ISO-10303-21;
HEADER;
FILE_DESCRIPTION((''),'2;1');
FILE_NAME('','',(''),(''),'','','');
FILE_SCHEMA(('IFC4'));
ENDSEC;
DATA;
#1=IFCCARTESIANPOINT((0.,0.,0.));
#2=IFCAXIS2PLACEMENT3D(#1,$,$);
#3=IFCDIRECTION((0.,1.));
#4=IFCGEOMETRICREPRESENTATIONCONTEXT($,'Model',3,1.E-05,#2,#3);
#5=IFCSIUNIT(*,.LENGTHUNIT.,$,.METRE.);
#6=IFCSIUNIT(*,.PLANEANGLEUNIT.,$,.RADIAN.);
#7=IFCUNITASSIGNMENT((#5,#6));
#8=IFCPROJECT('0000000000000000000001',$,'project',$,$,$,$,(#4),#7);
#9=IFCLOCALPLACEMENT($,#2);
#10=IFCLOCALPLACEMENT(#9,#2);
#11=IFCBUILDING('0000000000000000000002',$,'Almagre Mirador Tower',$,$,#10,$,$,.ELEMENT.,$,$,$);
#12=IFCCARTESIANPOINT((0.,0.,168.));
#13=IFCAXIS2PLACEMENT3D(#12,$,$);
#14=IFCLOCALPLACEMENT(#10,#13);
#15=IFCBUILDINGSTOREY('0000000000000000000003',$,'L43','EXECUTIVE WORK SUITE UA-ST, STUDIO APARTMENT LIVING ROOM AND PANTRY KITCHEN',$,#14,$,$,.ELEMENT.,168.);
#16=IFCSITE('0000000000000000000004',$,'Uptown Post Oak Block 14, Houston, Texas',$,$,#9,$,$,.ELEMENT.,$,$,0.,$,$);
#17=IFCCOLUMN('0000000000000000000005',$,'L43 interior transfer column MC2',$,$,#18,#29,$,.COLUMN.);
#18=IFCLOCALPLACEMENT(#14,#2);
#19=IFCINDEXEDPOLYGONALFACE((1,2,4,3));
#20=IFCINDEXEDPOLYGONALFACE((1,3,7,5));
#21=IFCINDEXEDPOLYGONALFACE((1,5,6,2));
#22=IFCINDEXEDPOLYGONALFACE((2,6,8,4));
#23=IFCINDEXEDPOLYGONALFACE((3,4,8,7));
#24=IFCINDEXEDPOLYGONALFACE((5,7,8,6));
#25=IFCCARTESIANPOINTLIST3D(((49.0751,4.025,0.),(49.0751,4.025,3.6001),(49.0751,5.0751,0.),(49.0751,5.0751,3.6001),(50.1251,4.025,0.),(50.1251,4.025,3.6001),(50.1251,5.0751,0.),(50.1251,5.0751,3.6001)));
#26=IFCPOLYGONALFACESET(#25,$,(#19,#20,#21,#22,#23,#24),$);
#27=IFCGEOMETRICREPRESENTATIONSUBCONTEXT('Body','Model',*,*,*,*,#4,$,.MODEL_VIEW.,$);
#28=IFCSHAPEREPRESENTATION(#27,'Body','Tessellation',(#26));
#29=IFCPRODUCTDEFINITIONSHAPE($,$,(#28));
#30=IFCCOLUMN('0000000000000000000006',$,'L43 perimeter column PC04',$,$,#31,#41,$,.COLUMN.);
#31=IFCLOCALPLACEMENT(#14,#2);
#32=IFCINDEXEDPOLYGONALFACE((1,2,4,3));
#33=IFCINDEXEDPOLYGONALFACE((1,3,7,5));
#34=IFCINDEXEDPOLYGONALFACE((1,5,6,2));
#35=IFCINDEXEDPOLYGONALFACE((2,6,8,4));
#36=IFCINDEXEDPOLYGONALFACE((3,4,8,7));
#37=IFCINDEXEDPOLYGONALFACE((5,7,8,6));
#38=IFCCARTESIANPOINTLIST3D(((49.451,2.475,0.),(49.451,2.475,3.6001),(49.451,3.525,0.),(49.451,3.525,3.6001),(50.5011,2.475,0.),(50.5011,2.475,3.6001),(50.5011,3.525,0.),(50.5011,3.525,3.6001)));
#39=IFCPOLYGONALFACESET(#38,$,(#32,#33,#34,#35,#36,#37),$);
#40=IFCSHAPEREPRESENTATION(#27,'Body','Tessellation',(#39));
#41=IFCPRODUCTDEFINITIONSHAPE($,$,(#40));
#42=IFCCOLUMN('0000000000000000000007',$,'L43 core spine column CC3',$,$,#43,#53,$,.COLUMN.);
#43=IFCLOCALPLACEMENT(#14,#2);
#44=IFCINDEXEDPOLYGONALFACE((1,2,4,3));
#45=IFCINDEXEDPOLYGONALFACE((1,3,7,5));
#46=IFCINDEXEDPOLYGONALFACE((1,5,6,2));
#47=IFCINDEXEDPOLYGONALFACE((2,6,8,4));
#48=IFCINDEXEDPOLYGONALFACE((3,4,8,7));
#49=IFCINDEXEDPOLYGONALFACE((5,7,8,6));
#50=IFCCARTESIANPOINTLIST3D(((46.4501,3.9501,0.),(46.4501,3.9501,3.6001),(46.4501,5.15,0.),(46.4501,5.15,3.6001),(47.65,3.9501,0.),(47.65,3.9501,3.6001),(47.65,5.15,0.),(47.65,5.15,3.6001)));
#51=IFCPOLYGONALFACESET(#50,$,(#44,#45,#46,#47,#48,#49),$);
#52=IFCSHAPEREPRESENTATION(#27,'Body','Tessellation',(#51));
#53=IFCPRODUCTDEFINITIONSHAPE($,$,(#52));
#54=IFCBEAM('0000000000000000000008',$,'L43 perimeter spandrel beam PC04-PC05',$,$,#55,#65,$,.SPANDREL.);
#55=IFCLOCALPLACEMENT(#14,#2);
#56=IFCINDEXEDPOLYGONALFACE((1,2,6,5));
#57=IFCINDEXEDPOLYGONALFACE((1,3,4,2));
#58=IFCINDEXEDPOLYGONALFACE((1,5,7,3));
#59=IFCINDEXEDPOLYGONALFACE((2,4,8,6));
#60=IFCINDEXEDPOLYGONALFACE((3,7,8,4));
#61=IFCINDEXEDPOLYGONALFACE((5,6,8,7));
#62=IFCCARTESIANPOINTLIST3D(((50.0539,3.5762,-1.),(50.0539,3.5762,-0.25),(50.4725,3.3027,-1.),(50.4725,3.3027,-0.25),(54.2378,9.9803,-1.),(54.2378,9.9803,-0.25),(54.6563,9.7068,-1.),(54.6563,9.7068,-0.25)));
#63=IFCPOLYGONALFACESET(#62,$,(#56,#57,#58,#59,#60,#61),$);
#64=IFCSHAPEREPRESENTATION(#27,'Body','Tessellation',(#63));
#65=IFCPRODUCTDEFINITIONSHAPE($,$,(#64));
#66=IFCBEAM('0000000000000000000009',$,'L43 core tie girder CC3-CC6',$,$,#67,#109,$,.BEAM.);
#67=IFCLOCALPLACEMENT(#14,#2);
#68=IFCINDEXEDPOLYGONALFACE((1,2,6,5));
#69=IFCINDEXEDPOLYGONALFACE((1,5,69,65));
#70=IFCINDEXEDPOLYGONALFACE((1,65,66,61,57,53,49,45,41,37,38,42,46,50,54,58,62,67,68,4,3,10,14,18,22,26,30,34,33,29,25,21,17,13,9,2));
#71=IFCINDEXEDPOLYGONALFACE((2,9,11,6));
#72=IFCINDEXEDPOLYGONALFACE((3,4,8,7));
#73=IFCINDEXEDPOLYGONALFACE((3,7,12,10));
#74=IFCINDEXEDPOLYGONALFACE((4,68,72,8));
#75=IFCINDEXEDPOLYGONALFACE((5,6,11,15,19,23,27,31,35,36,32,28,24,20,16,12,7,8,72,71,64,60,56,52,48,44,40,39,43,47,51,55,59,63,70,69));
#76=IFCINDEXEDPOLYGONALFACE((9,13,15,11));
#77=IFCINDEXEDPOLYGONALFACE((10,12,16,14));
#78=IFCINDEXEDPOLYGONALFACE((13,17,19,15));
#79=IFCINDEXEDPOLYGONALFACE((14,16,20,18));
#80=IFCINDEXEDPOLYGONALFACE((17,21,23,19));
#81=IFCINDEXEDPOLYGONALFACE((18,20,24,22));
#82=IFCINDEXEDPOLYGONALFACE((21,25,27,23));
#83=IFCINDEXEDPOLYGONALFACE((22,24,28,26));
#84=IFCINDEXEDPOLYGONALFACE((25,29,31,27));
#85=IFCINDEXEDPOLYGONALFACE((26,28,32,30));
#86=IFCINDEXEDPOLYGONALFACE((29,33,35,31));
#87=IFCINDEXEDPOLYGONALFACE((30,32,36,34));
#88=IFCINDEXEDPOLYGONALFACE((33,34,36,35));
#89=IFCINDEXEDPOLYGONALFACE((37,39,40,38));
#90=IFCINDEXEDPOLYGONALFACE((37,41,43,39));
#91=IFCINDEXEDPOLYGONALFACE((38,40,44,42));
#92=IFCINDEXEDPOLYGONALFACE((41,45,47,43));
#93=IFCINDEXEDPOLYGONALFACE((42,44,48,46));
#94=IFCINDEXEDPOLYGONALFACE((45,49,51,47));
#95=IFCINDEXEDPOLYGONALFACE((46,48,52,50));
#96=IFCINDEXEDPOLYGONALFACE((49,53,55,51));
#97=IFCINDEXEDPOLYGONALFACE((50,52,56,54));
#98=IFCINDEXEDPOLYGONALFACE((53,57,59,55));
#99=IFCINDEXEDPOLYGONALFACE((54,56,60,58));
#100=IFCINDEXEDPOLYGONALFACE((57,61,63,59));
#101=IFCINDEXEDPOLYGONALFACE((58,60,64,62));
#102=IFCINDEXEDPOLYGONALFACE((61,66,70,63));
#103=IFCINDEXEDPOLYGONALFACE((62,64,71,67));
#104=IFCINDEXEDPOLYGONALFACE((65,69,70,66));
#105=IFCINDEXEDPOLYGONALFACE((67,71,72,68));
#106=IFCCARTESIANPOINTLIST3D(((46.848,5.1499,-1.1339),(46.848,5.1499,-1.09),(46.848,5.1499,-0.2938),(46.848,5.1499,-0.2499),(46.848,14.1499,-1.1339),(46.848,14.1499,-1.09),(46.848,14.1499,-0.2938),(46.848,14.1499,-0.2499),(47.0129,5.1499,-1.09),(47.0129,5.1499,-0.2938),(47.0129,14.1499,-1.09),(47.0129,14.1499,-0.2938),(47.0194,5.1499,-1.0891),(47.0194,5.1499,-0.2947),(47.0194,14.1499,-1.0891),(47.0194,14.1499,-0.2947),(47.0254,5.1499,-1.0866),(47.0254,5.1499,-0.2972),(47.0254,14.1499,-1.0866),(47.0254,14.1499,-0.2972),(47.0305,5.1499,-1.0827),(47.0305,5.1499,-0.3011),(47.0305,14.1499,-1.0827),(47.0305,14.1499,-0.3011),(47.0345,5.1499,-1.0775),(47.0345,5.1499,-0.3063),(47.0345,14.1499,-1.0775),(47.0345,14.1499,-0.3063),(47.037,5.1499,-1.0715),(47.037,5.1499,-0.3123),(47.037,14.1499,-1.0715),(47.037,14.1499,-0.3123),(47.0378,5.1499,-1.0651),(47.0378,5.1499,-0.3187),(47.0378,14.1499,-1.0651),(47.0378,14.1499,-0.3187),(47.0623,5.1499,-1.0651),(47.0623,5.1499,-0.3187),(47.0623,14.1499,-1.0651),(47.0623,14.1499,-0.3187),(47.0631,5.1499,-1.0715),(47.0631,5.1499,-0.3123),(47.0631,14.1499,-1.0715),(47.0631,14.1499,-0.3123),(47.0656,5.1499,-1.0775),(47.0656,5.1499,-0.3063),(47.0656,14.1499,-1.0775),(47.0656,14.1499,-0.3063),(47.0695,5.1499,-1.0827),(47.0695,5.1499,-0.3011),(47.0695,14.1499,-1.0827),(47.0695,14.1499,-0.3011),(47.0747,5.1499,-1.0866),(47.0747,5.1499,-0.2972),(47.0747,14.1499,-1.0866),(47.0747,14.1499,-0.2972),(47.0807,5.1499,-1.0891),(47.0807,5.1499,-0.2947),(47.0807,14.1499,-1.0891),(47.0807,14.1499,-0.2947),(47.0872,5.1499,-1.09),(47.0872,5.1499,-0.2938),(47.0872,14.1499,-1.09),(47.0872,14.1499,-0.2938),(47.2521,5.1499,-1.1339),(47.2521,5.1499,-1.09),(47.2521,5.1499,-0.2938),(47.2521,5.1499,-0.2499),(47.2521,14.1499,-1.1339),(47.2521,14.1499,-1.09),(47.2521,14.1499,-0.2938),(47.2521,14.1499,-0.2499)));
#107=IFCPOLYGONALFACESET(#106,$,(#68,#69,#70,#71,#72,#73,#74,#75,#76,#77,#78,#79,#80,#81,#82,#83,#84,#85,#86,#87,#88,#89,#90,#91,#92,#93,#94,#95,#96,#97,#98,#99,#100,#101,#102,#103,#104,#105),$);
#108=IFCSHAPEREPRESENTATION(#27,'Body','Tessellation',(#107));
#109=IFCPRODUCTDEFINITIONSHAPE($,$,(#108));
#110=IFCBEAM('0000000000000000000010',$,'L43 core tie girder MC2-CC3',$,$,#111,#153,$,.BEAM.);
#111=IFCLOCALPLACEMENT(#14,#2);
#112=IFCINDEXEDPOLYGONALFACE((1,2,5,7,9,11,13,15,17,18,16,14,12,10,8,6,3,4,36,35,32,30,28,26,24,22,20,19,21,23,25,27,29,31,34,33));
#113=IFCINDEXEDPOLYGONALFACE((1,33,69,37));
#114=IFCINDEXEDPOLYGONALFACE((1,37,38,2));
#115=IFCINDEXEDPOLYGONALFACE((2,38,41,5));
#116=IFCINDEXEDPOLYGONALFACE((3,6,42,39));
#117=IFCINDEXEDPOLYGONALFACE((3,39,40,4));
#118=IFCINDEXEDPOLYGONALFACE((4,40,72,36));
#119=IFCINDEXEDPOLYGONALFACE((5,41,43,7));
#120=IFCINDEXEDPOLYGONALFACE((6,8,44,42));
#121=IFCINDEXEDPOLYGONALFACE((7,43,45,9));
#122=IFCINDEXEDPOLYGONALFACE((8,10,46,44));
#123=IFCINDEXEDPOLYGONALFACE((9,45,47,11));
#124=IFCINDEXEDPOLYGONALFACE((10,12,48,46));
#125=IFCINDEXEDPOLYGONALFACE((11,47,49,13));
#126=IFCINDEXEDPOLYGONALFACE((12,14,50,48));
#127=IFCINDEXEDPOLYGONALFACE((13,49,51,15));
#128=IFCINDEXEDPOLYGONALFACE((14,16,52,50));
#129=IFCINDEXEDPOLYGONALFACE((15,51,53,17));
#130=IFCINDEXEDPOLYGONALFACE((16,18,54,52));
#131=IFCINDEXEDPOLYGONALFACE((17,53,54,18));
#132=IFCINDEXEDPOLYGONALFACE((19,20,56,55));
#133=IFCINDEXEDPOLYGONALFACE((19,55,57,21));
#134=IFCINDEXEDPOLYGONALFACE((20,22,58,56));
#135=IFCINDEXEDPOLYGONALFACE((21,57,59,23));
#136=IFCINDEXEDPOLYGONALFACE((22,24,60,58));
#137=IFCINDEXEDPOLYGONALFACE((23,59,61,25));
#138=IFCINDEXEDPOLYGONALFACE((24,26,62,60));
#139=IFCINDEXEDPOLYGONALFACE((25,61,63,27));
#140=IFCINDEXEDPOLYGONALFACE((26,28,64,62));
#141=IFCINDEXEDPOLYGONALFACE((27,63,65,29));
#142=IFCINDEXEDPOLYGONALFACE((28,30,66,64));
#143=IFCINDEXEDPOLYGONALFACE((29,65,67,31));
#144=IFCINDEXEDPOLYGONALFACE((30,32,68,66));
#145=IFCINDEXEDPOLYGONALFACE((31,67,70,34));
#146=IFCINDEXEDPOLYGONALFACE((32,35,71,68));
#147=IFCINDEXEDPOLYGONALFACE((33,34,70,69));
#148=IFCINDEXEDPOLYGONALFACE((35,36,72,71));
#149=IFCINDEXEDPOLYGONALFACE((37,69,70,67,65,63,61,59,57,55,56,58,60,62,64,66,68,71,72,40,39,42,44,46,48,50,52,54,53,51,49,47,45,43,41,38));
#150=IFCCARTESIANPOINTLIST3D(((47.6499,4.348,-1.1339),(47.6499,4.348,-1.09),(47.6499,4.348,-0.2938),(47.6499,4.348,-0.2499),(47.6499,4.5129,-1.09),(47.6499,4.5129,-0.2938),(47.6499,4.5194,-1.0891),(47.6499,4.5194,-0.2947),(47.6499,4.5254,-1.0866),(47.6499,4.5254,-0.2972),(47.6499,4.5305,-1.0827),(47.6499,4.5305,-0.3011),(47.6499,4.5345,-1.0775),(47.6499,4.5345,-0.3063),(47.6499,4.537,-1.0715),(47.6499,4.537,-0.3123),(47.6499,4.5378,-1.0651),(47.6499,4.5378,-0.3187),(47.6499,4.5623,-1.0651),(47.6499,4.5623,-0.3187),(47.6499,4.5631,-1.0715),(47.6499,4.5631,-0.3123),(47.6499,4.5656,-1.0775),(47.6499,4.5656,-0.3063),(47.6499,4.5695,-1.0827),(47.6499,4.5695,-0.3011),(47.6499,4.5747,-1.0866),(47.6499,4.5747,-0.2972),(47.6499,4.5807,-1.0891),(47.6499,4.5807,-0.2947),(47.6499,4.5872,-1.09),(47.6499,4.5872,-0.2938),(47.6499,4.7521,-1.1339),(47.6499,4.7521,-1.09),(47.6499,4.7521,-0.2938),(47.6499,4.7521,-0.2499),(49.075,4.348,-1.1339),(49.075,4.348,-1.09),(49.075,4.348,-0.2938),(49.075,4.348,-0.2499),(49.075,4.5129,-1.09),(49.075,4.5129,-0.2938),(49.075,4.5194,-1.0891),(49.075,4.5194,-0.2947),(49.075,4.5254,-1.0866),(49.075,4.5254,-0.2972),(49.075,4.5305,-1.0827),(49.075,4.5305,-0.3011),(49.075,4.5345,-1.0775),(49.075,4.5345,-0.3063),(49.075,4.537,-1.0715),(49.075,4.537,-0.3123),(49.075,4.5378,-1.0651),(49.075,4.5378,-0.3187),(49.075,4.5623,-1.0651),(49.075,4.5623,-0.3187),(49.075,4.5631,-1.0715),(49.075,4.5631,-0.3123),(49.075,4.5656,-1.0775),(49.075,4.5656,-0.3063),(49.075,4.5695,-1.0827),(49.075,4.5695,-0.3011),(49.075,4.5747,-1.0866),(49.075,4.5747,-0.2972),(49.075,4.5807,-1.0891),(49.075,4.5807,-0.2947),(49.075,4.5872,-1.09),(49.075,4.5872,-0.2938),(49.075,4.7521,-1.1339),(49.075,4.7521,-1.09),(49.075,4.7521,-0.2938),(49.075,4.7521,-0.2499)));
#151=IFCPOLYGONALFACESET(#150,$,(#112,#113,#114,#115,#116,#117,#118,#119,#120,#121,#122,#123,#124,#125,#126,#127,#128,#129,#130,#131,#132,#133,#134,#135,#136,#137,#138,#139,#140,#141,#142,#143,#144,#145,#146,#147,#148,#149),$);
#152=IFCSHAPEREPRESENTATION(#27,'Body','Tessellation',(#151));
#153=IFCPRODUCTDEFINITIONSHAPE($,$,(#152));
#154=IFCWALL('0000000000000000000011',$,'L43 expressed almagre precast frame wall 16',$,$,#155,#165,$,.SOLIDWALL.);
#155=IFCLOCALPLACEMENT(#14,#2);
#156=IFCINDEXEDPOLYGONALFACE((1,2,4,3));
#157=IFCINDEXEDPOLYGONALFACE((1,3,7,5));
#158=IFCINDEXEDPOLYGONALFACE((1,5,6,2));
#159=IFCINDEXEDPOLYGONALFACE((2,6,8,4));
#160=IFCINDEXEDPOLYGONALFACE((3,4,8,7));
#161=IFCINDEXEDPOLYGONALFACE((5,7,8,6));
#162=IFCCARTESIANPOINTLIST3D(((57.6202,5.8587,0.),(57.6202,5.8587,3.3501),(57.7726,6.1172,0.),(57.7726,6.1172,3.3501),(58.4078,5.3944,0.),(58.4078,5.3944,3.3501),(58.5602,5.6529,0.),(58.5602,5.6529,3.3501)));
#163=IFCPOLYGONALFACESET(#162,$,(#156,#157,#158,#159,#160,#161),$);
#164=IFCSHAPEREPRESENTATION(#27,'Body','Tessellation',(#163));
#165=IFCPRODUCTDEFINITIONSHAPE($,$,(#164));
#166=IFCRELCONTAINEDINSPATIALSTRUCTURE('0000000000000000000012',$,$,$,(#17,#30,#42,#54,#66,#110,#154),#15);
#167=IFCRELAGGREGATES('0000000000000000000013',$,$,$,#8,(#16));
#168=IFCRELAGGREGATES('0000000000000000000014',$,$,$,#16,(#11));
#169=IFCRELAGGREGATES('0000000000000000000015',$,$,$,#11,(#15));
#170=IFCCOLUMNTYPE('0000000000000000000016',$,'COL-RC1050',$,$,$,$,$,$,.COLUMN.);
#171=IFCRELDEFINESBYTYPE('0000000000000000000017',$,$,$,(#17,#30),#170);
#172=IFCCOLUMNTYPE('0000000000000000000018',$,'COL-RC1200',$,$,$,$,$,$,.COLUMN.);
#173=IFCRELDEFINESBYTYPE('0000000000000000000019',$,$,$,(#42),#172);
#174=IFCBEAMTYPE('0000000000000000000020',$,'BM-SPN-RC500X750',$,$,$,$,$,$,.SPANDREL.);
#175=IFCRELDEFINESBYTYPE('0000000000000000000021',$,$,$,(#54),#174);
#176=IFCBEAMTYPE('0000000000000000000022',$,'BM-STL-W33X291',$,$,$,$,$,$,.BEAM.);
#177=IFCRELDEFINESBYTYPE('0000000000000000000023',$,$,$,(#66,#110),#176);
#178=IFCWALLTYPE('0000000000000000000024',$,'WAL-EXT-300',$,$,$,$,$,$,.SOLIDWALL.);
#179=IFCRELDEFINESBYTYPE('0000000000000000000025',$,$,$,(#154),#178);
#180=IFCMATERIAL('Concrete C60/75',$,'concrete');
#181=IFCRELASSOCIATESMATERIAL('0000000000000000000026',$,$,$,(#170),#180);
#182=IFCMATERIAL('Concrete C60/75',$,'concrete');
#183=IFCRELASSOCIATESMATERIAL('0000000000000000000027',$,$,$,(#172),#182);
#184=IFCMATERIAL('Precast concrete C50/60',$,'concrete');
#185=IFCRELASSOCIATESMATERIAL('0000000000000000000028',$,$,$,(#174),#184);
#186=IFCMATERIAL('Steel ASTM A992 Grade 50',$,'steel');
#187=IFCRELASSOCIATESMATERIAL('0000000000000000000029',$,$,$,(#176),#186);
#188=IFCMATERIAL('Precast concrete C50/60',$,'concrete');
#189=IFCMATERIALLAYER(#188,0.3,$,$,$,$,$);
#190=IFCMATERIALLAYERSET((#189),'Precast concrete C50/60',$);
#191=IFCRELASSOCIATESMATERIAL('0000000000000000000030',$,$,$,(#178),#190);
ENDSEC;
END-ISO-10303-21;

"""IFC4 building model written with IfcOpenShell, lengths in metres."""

from ifc_helpers import new_model, si_unit, direction, frame, frame_2d, origin, origin_2d, place, context, subcontext, project, spatial, rectangle, i_section, extrude, material, layer, layer_set, material_profile, profile_set, type_object, element, save


model = new_model("IFC4")

# Units and contexts
model_context = context("Model", 3, precision=1e-05, world=origin(), true_north=direction((0.0, 1.0)))
body_context = subcontext(model_context, "Body", "Model", "MODEL_VIEW")
ifc_project = project(units=[si_unit("LENGTHUNIT", "METRE"), si_unit("PLANEANGLEUNIT", "RADIAN")], contexts=[model_context])

# Site, building, storey
site_placement = place(None, origin())
site = spatial("IfcSite", under=ifc_project, at=site_placement, Name="Uptown Post Oak Block 14, Houston, Texas", CompositionType="ELEMENT", RefElevation=0.0)
building_placement = place(site_placement, origin())
building = spatial("IfcBuilding", under=site, at=building_placement, Name="Almagre Mirador Tower", CompositionType="ELEMENT")
storey_placement = place(building_placement, frame((0.0, 0.0, 168.0)))
storey = spatial("IfcBuildingStorey", under=building, at=storey_placement, Name="L43", Description="EXECUTIVE WORK SUITE UA-ST, STUDIO APARTMENT LIVING ROOM AND PANTRY KITCHEN", CompositionType="ELEMENT", Elevation=168.0)

# Columns
ifc_material_1 = material(Name="Concrete C60/75", Category="concrete")
ifc_material_profile_1 = material_profile(ifc_material_1, rectangle(XDim=1.05, YDim=1.05, at=origin_2d()), Name="RC1050X1050")
ifc_profile_set_1 = profile_set([ifc_material_profile_1], Name="Concrete C60/75")
column_type_1 = type_object("IfcColumnType", Name="COL-RC1050", PredefinedType="COLUMN", material=ifc_profile_set_1)
for number, where, z_axis, x_axis, name in (
    (1, (49.6001, 4.55, 0.0), (0.0, 0.0, 1.0), (1.0, 0.0, 0.0), "L43 interior transfer column MC2"),
    (2, (49.9761, 3.0, 0.0), (0.0, 0.0, 1.0), (1.0, 0.0, 0.0), "L43 perimeter column PC04"),
):
    element("IfcColumn", number, at=place(storey_placement, frame(where, z_axis=z_axis, x_axis=x_axis)), inside=storey, type_object=column_type_1, Name=name, PredefinedType="COLUMN", context=body_context, shape_type="SweptSolid", body=[
        extrude(rectangle(XDim=1.05, YDim=1.05, at=origin_2d()), origin(), (0.0, 0.0, 1.0), 3.6001),
    ])
ifc_material_2 = material(Name="Concrete C60/75", Category="concrete")
ifc_material_profile_2 = material_profile(ifc_material_2, rectangle(XDim=1.2, YDim=1.2, at=origin_2d()), Name="RC1200X1200")
ifc_profile_set_2 = profile_set([ifc_material_profile_2], Name="Concrete C60/75")
column_type_2 = type_object("IfcColumnType", Name="COL-RC1200", PredefinedType="COLUMN", material=ifc_profile_set_2)
column_placement = place(storey_placement, frame((47.05, 4.55, 0.0), z_axis=(0.0, 0.0, 1.0), x_axis=(1.0, 0.0, 0.0)))
element("IfcColumn", 3, at=column_placement, inside=storey, type_object=column_type_2, Name="L43 core spine column CC3", PredefinedType="COLUMN", context=body_context, shape_type="SweptSolid", body=[
    extrude(rectangle(XDim=1.2, YDim=1.2, at=origin_2d()), origin(), (0.0, 0.0, 1.0), 3.6001),
])

# Beams
ifc_material_3 = material(Name="Precast concrete C50/60", Category="concrete")
ifc_material_profile_3 = material_profile(ifc_material_3, rectangle(XDim=0.5, YDim=0.75, at=origin_2d()), Name="RC500X750")
ifc_profile_set_3 = profile_set([ifc_material_profile_3], Name="Precast concrete C50/60")
beam_type_1 = type_object("IfcBeamType", Name="BM-SPN-RC500X750", PredefinedType="SPANDREL", material=ifc_profile_set_3)
beam_1_placement = place(storey_placement, frame((50.2632, 3.4395, -0.625), z_axis=(0.546935, 0.837175, 0.0), x_axis=(-0.837175, 0.546935, 0.0)))
element("IfcBeam", 4, at=beam_1_placement, inside=storey, type_object=beam_type_1, Name="L43 perimeter spandrel beam PC04-PC05", PredefinedType="SPANDREL", context=body_context, shape_type="SweptSolid", body=[
    extrude(rectangle(XDim=0.5, YDim=0.75, at=origin_2d()), origin(), (0.0, 0.0, 1.0), 7.6497),
])
ifc_material_4 = material(Name="Steel ASTM A992 Grade 50", Category="steel")
ifc_material_profile_4 = material_profile(ifc_material_4, i_section(OverallWidth=0.4041, OverallDepth=0.884, WebThickness=0.0244, FlangeThickness=0.0439, FilletRadius=0.0249, at=origin_2d()), Name="W33X291")
ifc_profile_set_4 = profile_set([ifc_material_profile_4], Name="Steel ASTM A992 Grade 50")
beam_type_2 = type_object("IfcBeamType", Name="BM-STL-W33X291", PredefinedType="BEAM", material=ifc_profile_set_4)
beam_2_placement = place(storey_placement, frame((47.05, 5.1499, -0.6919), z_axis=(0.0, 1.0, 0.0), x_axis=(-1.0, 0.0, 0.0)))
element("IfcBeam", 5, at=beam_2_placement, inside=storey, type_object=beam_type_2, Name="L43 core tie girder CC3-CC6", PredefinedType="BEAM", context=body_context, shape_type="SweptSolid", body=[
    extrude(i_section(OverallWidth=0.4041, OverallDepth=0.884, WebThickness=0.0244, FlangeThickness=0.0439, FilletRadius=0.0249, at=origin_2d()), origin(), (0.0, 0.0, 1.0), 9.0),
])
beam_3_placement = place(storey_placement, frame((49.075, 4.55, -0.6919), z_axis=(-1.0, 0.0, 0.0), x_axis=(0.0, -1.0, 0.0)))
element("IfcBeam", 6, at=beam_3_placement, inside=storey, type_object=beam_type_2, Name="L43 core tie girder MC2-CC3", PredefinedType="BEAM", context=body_context, shape_type="SweptSolid", body=[
    extrude(i_section(OverallWidth=0.4041, OverallDepth=0.884, WebThickness=0.0244, FlangeThickness=0.0439, FilletRadius=0.0249, at=origin_2d()), origin(), (0.0, 0.0, 1.0), 1.425),
])

# Wall
ifc_material_5 = material(Name="Precast concrete C50/60", Category="concrete")
ifc_layer_1 = layer(ifc_material_5, 0.3)
ifc_layer_set_1 = layer_set([ifc_layer_1], Name="Precast concrete C50/60")
wall_type_1 = type_object("IfcWallType", Name="WAL-EXT-300", PredefinedType="SOLIDWALL", material=ifc_layer_set_1)
wall_1_placement = place(storey_placement, frame((58.4839, 5.5237, 0.0), z_axis=(0.0, 0.0, 1.0), x_axis=(-0.861426, 0.507883, 0.0)))
element("IfcWall", 7, at=wall_1_placement, inside=storey, type_object=wall_type_1, Name="L43 expressed almagre precast frame wall 16", PredefinedType="SOLIDWALL", context=body_context, shape_type="SweptSolid", body=[
    extrude(rectangle(XDim=0.9143, YDim=0.3, at=frame_2d((0.457, 0.0))), origin(), (0.0, 0.0, 1.0), 3.3501),
])

save(model, "model.ifc")
